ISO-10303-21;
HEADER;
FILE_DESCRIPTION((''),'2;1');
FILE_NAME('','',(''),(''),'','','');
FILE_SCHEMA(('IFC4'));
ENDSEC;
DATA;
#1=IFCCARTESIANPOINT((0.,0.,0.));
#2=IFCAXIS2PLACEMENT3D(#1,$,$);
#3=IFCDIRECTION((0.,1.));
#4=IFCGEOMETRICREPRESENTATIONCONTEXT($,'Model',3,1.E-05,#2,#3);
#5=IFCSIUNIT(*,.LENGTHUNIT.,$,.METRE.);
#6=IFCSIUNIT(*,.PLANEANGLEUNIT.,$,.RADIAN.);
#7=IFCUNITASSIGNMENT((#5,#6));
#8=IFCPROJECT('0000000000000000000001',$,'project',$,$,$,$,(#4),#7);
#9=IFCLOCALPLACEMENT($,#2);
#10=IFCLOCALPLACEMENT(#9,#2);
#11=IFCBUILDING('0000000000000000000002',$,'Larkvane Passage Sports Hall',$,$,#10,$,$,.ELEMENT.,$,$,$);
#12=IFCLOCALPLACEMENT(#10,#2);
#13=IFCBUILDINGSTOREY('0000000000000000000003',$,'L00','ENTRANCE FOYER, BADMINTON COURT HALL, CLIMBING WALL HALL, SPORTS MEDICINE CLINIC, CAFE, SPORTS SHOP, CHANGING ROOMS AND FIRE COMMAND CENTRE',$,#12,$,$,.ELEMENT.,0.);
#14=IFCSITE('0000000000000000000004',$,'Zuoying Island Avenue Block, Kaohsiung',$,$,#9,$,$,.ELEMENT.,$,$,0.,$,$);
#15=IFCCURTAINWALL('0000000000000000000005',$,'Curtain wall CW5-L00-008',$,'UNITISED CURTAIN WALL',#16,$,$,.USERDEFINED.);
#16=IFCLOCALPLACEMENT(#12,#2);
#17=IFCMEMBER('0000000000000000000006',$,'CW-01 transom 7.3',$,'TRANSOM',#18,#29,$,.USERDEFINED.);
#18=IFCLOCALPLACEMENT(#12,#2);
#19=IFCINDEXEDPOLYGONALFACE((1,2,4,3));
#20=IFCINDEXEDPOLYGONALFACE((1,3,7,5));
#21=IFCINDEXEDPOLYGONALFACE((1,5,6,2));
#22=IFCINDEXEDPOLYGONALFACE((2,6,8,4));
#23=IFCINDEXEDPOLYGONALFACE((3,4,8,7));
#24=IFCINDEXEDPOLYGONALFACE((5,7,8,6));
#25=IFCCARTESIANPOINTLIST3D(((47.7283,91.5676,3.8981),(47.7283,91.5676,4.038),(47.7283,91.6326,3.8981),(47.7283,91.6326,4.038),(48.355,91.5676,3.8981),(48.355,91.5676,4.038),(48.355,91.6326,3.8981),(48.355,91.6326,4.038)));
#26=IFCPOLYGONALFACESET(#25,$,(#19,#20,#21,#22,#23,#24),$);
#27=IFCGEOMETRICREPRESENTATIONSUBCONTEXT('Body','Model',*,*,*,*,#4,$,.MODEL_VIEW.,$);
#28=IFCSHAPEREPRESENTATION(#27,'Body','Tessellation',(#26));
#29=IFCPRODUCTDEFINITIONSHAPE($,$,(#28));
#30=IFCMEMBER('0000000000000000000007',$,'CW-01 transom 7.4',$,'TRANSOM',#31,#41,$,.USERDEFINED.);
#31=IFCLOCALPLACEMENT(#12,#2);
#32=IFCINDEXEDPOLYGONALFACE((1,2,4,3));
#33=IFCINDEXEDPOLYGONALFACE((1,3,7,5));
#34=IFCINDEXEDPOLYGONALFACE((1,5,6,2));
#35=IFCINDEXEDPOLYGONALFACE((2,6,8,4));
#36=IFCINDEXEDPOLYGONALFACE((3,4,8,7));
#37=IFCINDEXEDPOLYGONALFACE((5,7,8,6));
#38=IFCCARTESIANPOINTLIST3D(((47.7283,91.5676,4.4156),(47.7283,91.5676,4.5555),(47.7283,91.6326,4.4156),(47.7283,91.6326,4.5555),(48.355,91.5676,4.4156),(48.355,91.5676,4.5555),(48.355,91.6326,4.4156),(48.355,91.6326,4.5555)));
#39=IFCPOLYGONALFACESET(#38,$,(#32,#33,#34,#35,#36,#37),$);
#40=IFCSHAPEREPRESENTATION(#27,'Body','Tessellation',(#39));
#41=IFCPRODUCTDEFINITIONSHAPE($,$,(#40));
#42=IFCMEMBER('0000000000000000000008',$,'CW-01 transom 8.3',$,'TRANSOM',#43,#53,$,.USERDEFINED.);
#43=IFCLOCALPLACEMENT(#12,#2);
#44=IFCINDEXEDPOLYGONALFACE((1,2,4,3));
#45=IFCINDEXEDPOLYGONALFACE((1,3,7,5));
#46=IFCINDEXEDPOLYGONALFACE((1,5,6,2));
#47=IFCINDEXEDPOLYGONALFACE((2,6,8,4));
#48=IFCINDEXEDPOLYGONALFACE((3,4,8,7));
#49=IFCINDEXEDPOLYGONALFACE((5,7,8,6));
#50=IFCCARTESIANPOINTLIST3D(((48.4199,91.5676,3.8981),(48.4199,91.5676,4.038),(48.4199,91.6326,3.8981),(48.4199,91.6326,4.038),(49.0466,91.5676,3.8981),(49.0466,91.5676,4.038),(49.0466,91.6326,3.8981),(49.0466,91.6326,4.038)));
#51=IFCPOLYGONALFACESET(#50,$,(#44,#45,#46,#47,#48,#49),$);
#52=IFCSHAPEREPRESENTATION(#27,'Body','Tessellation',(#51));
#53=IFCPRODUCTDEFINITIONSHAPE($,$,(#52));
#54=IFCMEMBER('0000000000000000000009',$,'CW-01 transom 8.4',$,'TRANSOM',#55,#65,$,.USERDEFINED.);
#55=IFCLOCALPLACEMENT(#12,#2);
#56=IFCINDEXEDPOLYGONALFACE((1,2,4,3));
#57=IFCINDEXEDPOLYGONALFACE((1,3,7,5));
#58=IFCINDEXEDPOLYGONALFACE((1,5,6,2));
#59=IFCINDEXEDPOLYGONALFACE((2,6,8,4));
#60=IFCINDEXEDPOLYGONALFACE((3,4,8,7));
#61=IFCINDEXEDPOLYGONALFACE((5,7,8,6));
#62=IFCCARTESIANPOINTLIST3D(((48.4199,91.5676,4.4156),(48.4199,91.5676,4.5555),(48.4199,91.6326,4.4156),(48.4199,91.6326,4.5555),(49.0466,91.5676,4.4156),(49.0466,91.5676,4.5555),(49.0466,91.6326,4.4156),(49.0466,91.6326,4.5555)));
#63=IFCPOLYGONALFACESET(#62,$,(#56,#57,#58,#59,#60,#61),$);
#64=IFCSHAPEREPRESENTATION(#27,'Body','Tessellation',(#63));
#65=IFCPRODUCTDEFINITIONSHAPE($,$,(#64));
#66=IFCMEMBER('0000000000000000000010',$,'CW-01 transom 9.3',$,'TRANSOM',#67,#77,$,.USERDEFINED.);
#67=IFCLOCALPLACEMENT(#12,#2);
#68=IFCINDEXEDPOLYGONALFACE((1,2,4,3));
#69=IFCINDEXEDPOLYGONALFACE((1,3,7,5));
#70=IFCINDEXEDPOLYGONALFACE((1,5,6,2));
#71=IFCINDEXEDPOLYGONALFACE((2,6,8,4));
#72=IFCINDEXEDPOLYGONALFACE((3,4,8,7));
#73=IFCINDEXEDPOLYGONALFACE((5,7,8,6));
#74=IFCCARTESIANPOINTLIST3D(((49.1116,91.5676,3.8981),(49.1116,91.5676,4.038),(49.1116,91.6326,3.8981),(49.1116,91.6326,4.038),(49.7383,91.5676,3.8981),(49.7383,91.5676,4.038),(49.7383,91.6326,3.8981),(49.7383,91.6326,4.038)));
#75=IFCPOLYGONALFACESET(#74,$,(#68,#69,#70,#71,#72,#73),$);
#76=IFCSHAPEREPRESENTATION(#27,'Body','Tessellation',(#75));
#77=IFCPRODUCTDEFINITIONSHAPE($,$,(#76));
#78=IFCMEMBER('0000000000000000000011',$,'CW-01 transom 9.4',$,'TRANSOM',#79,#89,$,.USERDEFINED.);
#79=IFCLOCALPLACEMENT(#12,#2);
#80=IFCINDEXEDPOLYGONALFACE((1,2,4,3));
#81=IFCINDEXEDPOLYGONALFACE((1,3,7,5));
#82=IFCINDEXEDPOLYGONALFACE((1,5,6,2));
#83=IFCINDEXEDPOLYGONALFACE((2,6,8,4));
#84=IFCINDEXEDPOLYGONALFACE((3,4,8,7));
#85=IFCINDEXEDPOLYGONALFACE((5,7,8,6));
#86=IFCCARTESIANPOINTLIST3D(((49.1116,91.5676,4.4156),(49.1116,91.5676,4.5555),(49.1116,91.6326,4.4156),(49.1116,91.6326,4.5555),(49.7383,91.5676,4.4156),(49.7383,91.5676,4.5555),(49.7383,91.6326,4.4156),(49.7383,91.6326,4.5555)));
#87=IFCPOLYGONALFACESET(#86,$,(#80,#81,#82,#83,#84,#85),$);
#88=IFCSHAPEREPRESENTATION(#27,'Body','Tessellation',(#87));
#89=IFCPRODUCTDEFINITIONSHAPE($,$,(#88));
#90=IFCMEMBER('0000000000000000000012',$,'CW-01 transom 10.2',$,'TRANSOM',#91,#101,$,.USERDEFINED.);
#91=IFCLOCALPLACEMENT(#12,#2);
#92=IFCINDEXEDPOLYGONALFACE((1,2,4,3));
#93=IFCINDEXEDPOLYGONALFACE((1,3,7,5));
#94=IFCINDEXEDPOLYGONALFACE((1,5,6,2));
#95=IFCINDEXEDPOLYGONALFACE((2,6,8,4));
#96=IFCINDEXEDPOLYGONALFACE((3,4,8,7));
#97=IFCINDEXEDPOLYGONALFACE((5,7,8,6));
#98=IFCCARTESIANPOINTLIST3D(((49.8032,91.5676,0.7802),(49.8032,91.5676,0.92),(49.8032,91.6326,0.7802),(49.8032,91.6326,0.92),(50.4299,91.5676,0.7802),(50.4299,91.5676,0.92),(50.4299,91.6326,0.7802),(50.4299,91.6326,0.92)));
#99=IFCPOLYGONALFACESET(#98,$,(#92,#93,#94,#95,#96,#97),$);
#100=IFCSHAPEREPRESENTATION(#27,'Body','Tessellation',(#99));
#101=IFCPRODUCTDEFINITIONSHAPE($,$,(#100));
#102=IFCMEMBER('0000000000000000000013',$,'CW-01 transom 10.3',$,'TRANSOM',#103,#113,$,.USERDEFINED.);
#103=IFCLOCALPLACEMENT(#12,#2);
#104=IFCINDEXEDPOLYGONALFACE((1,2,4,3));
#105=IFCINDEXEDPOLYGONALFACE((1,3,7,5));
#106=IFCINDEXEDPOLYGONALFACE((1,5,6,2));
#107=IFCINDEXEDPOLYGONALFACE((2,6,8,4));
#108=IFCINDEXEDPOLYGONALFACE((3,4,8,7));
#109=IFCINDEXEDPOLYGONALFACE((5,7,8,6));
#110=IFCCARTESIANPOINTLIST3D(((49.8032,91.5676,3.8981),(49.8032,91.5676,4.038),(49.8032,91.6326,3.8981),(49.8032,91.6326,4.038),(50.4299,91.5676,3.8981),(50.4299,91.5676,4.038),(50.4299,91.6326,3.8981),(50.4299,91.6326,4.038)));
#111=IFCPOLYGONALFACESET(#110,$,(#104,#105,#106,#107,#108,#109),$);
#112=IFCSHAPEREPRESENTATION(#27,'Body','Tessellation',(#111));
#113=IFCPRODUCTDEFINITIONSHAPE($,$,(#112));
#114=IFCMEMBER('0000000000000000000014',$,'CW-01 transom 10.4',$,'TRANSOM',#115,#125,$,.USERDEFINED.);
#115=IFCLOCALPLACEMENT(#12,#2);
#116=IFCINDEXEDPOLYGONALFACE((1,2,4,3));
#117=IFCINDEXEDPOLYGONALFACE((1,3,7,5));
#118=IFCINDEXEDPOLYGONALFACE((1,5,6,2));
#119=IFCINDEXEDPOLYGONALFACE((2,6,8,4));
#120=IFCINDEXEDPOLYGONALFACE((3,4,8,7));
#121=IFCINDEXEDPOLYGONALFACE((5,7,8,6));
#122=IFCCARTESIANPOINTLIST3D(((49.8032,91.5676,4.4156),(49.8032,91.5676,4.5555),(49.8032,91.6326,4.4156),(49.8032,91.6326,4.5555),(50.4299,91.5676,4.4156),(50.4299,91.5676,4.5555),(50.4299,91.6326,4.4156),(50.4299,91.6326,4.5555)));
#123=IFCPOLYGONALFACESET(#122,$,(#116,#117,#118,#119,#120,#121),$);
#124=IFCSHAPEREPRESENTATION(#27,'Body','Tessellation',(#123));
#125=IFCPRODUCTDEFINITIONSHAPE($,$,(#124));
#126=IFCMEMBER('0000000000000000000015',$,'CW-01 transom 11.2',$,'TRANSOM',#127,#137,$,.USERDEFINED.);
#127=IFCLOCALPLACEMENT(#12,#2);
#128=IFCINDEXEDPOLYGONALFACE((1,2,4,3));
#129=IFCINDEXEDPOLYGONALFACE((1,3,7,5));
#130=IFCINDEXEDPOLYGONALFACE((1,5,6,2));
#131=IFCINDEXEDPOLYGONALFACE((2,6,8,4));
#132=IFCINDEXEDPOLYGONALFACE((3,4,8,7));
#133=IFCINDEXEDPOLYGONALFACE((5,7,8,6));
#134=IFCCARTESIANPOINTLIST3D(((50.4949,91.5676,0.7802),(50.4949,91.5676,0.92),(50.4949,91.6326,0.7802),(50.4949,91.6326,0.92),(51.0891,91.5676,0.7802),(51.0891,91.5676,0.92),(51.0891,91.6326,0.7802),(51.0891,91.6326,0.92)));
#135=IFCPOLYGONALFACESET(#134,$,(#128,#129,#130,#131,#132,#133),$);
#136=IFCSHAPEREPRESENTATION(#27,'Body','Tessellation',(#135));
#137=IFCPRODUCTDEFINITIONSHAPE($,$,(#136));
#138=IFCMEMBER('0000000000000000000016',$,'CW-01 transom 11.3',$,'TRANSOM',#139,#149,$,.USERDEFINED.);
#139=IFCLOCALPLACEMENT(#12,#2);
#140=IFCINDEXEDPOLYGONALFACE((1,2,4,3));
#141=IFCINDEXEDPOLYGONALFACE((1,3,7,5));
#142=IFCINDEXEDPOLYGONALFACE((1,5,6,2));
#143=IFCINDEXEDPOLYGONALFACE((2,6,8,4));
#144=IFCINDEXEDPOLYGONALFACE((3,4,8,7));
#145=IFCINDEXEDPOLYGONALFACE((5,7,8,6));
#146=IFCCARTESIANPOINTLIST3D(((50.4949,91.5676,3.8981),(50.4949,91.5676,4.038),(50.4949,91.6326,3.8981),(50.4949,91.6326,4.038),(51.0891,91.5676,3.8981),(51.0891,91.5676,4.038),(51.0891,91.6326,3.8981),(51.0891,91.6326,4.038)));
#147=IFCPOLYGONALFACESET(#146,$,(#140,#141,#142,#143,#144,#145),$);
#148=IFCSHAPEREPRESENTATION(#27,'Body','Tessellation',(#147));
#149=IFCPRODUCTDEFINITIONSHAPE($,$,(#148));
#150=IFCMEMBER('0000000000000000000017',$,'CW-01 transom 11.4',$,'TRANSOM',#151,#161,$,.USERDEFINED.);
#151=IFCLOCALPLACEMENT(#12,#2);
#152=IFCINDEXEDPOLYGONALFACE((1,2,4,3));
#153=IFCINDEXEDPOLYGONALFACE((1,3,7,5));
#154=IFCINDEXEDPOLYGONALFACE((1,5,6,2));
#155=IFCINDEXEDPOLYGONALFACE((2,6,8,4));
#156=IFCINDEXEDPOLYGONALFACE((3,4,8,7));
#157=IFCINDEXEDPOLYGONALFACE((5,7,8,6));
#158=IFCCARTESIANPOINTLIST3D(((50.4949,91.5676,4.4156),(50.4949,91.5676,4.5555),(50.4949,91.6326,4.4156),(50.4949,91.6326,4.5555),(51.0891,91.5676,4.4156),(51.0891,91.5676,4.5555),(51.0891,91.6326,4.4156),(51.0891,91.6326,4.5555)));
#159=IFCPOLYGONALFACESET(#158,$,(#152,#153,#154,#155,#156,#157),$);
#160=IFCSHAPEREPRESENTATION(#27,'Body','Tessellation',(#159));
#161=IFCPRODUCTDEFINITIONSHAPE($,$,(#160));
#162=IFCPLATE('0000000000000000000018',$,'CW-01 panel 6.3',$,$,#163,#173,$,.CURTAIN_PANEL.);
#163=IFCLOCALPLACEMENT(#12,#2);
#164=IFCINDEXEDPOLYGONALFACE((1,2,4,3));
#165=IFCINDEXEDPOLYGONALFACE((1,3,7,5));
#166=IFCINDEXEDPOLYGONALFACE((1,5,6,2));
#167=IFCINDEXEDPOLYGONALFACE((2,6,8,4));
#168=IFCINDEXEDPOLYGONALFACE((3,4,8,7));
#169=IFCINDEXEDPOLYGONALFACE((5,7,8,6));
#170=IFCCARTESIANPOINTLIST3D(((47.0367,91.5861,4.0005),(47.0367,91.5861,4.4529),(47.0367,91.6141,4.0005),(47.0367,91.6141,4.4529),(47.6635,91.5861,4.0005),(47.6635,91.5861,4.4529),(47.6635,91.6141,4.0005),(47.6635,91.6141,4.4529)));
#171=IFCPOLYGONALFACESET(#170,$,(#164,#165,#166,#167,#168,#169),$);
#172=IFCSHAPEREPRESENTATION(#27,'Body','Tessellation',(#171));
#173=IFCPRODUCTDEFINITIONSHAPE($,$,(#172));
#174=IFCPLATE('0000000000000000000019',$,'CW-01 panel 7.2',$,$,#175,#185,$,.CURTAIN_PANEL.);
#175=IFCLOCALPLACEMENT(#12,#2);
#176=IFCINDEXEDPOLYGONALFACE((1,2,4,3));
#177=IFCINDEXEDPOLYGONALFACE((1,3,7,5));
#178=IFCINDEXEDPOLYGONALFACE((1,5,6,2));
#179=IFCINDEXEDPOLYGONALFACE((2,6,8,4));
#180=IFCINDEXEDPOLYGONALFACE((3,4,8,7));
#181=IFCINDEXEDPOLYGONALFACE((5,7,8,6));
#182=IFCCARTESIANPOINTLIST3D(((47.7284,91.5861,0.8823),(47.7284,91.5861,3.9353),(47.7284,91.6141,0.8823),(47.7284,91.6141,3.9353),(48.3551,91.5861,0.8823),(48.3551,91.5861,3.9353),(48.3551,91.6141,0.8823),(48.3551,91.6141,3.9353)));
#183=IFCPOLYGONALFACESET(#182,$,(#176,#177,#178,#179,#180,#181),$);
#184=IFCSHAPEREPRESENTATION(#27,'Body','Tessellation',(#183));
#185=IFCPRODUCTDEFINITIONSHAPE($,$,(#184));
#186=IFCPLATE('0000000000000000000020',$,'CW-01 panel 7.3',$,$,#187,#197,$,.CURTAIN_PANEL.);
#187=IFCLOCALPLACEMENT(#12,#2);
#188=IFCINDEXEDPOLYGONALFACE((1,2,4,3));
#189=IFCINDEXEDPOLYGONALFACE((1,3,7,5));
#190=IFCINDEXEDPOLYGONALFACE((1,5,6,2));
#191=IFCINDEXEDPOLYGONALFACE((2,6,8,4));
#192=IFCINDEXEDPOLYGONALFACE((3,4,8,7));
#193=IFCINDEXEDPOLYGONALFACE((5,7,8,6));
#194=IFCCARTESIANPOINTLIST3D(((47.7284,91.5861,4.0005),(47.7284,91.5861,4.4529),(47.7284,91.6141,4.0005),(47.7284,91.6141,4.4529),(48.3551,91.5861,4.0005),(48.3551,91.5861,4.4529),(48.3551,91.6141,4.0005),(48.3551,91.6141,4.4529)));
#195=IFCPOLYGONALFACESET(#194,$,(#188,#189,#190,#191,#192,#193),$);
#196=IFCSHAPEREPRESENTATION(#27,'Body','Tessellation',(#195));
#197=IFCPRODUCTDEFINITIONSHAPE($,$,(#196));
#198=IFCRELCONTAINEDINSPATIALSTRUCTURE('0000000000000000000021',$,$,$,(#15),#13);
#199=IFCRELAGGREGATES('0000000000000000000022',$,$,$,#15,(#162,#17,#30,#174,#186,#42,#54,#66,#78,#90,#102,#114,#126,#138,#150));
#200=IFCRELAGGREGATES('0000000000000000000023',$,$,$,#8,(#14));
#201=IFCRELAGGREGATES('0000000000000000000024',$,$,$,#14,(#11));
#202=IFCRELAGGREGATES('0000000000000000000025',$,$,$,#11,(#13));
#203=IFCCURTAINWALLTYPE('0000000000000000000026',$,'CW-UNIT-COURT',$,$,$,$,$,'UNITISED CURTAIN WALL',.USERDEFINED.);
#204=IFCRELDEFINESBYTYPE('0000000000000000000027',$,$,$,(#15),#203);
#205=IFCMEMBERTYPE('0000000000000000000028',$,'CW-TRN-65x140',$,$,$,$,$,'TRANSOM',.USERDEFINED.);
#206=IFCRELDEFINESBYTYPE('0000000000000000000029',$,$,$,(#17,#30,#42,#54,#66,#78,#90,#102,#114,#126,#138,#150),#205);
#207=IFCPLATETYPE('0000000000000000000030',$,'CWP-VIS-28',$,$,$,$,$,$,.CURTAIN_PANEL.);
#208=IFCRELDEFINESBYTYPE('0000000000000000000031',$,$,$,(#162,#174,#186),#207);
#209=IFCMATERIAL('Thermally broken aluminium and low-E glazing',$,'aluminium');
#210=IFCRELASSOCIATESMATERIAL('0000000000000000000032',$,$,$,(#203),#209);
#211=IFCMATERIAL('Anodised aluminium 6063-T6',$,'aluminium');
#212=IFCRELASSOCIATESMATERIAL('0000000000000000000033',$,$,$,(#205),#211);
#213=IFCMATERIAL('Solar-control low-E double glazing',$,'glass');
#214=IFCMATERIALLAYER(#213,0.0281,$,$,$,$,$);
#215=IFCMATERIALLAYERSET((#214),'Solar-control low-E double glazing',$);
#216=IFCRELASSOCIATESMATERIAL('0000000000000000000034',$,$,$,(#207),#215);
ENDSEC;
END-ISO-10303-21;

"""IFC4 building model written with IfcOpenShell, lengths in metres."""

from ifc_helpers import new_model, si_unit, direction, frame, origin, origin_2d, place, context, subcontext, project, spatial, rectangle, extrude, material, layer, layer_set, material_profile, profile_set, type_object, element, aggregate, save


model = new_model("IFC4")

# Units and contexts
model_context = context("Model", 3, precision=1e-05, world=origin(), true_north=direction((0.0, 1.0)))
body_context = subcontext(model_context, "Body", "Model", "MODEL_VIEW")
ifc_project = project(units=[si_unit("LENGTHUNIT", "METRE"), si_unit("PLANEANGLEUNIT", "RADIAN")], contexts=[model_context])

# Site, building, storey
site_placement = place(None, origin())
site = spatial("IfcSite", under=ifc_project, at=site_placement, Name="Zuoying Island Avenue Block, Kaohsiung", CompositionType="ELEMENT", RefElevation=0.0)
building_placement = place(site_placement, origin())
building = spatial("IfcBuilding", under=site, at=building_placement, Name="Larkvane Passage Sports Hall", CompositionType="ELEMENT")
storey_placement = place(building_placement, origin())
storey = spatial("IfcBuildingStorey", under=building, at=storey_placement, Name="L00", Description="ENTRANCE FOYER, BADMINTON COURT HALL, CLIMBING WALL HALL, SPORTS MEDICINE CLINIC, CAFE, SPORTS SHOP, CHANGING ROOMS AND FIRE COMMAND CENTRE", CompositionType="ELEMENT", Elevation=0.0)

# Curtain wall, members, plates
ifc_material_1 = material(Name="Thermally broken aluminium and low-E glazing", Category="aluminium")
curtain_wall_type = type_object("IfcCurtainWallType", Name="CW-UNIT-COURT", ElementType="UNITISED CURTAIN WALL", PredefinedType="USERDEFINED", material=ifc_material_1)
curtain_wall_placement = place(storey_placement, origin())
curtain_wall = element("IfcCurtainWall", 1, at=curtain_wall_placement, inside=storey, type_object=curtain_wall_type, Name="Curtain wall CW5-L00-008", ObjectType="UNITISED CURTAIN WALL", PredefinedType="USERDEFINED")
ifc_material_2 = material(Name="Anodised aluminium 6063-T6", Category="aluminium")
ifc_material_profile = material_profile(ifc_material_2, rectangle(XDim=0.0649, YDim=0.1399, at=origin_2d()), Name="ALU-TRN-65x140")
ifc_profile_set = profile_set([ifc_material_profile], Name="Anodised aluminium 6063-T6")
member_type = type_object("IfcMemberType", Name="CW-TRN-65x140", ElementType="TRANSOM", PredefinedType="USERDEFINED", material=ifc_profile_set)
member_1_placement = place(storey_placement, frame((47.7283, 91.6001, 3.968), z_axis=(1.0, 0.0, 0.0), x_axis=(0.0, 1.0, 0.0)))
member_1 = element("IfcMember", 2, at=member_1_placement, type_object=member_type, Name="CW-01 transom 7.3", ObjectType="TRANSOM", PredefinedType="USERDEFINED", context=body_context, shape_type="SweptSolid", body=[
    extrude(rectangle(XDim=0.0649, YDim=0.1399, at=origin_2d()), origin(), (0.0, 0.0, 1.0), 0.6267),
])
member_2_placement = place(storey_placement, frame((47.7283, 91.6001, 4.4856), z_axis=(1.0, 0.0, 0.0), x_axis=(0.0, 1.0, 0.0)))
member_2 = element("IfcMember", 3, at=member_2_placement, type_object=member_type, Name="CW-01 transom 7.4", ObjectType="TRANSOM", PredefinedType="USERDEFINED", context=body_context, shape_type="SweptSolid", body=[
    extrude(rectangle(XDim=0.0649, YDim=0.1399, at=origin_2d()), origin(), (0.0, 0.0, 1.0), 0.6267),
])
member_3_placement = place(storey_placement, frame((48.4199, 91.6001, 3.968), z_axis=(1.0, 0.0, 0.0), x_axis=(0.0, 1.0, 0.0)))
member_3 = element("IfcMember", 4, at=member_3_placement, type_object=member_type, Name="CW-01 transom 8.3", ObjectType="TRANSOM", PredefinedType="USERDEFINED", context=body_context, shape_type="SweptSolid", body=[
    extrude(rectangle(XDim=0.0649, YDim=0.1399, at=origin_2d()), origin(), (0.0, 0.0, 1.0), 0.6267),
])
member_4_placement = place(storey_placement, frame((48.4199, 91.6001, 4.4856), z_axis=(1.0, 0.0, 0.0), x_axis=(0.0, 1.0, 0.0)))
member_4 = element("IfcMember", 5, at=member_4_placement, type_object=member_type, Name="CW-01 transom 8.4", ObjectType="TRANSOM", PredefinedType="USERDEFINED", context=body_context, shape_type="SweptSolid", body=[
    extrude(rectangle(XDim=0.0649, YDim=0.1399, at=origin_2d()), origin(), (0.0, 0.0, 1.0), 0.6267),
])
member_5_placement = place(storey_placement, frame((49.1116, 91.6001, 3.968), z_axis=(1.0, 0.0, 0.0), x_axis=(0.0, 1.0, 0.0)))
member_5 = element("IfcMember", 6, at=member_5_placement, type_object=member_type, Name="CW-01 transom 9.3", ObjectType="TRANSOM", PredefinedType="USERDEFINED", context=body_context, shape_type="SweptSolid", body=[
    extrude(rectangle(XDim=0.0649, YDim=0.1399, at=origin_2d()), origin(), (0.0, 0.0, 1.0), 0.6267),
])
member_6_placement = place(storey_placement, frame((49.1116, 91.6001, 4.4856), z_axis=(1.0, 0.0, 0.0), x_axis=(0.0, 1.0, 0.0)))
member_6 = element("IfcMember", 7, at=member_6_placement, type_object=member_type, Name="CW-01 transom 9.4", ObjectType="TRANSOM", PredefinedType="USERDEFINED", context=body_context, shape_type="SweptSolid", body=[
    extrude(rectangle(XDim=0.0649, YDim=0.1399, at=origin_2d()), origin(), (0.0, 0.0, 1.0), 0.6267),
])
member_7_placement = place(storey_placement, frame((49.8032, 91.6001, 0.8501), z_axis=(1.0, 0.0, 0.0), x_axis=(0.0, 1.0, 0.0)))
member_7 = element("IfcMember", 8, at=member_7_placement, type_object=member_type, Name="CW-01 transom 10.2", ObjectType="TRANSOM", PredefinedType="USERDEFINED", context=body_context, shape_type="SweptSolid", body=[
    extrude(rectangle(XDim=0.0649, YDim=0.1399, at=origin_2d()), origin(), (0.0, 0.0, 1.0), 0.6267),
])
member_8_placement = place(storey_placement, frame((49.8032, 91.6001, 3.968), z_axis=(1.0, 0.0, 0.0), x_axis=(0.0, 1.0, 0.0)))
member_8 = element("IfcMember", 9, at=member_8_placement, type_object=member_type, Name="CW-01 transom 10.3", ObjectType="TRANSOM", PredefinedType="USERDEFINED", context=body_context, shape_type="SweptSolid", body=[
    extrude(rectangle(XDim=0.0649, YDim=0.1399, at=origin_2d()), origin(), (0.0, 0.0, 1.0), 0.6267),
])
member_9_placement = place(storey_placement, frame((49.8032, 91.6001, 4.4856), z_axis=(1.0, 0.0, 0.0), x_axis=(0.0, 1.0, 0.0)))
member_9 = element("IfcMember", 10, at=member_9_placement, type_object=member_type, Name="CW-01 transom 10.4", ObjectType="TRANSOM", PredefinedType="USERDEFINED", context=body_context, shape_type="SweptSolid", body=[
    extrude(rectangle(XDim=0.0649, YDim=0.1399, at=origin_2d()), origin(), (0.0, 0.0, 1.0), 0.6267),
])
member_10_placement = place(storey_placement, frame((50.4949, 91.6001, 0.8501), z_axis=(1.0, 0.0, 0.0), x_axis=(0.0, 1.0, 0.0)))
member_10 = element("IfcMember", 11, at=member_10_placement, type_object=member_type, Name="CW-01 transom 11.2", ObjectType="TRANSOM", PredefinedType="USERDEFINED", context=body_context, shape_type="SweptSolid", body=[
    extrude(rectangle(XDim=0.0649, YDim=0.1399, at=origin_2d()), origin(), (0.0, 0.0, 1.0), 0.5942),
])
member_11_placement = place(storey_placement, frame((50.4949, 91.6001, 3.968), z_axis=(1.0, 0.0, 0.0), x_axis=(0.0, 1.0, 0.0)))
member_11 = element("IfcMember", 12, at=member_11_placement, type_object=member_type, Name="CW-01 transom 11.3", ObjectType="TRANSOM", PredefinedType="USERDEFINED", context=body_context, shape_type="SweptSolid", body=[
    extrude(rectangle(XDim=0.0649, YDim=0.1399, at=origin_2d()), origin(), (0.0, 0.0, 1.0), 0.5942),
])
member_12_placement = place(storey_placement, frame((50.4949, 91.6001, 4.4856), z_axis=(1.0, 0.0, 0.0), x_axis=(0.0, 1.0, 0.0)))
member_12 = element("IfcMember", 13, at=member_12_placement, type_object=member_type, Name="CW-01 transom 11.4", ObjectType="TRANSOM", PredefinedType="USERDEFINED", context=body_context, shape_type="SweptSolid", body=[
    extrude(rectangle(XDim=0.0649, YDim=0.1399, at=origin_2d()), origin(), (0.0, 0.0, 1.0), 0.5942),
])
ifc_material_3 = material(Name="Solar-control low-E double glazing", Category="glass")
ifc_layer = layer(ifc_material_3, 0.0281)
ifc_layer_set = layer_set([ifc_layer], Name="Solar-control low-E double glazing")
plate_type = type_object("IfcPlateType", Name="CWP-VIS-28", PredefinedType="CURTAIN_PANEL", material=ifc_layer_set)
plate_1_placement = place(storey_placement, frame((47.3501, 91.6001, 4.0005), z_axis=(0.0, 0.0, 1.0), x_axis=(1.0, 0.0, 0.0)))
plate_1 = element("IfcPlate", 14, at=plate_1_placement, type_object=plate_type, Name="CW-01 panel 6.3", PredefinedType="CURTAIN_PANEL", context=body_context, shape_type="SweptSolid", body=[
    extrude(rectangle(XDim=0.6267, YDim=0.0281, at=origin_2d()), origin(), (0.0, 0.0, 1.0), 0.4524),
])
plate_2_placement = place(storey_placement, frame((48.0417, 91.6001, 0.8823), z_axis=(0.0, 0.0, 1.0), x_axis=(1.0, 0.0, 0.0)))
plate_2 = element("IfcPlate", 15, at=plate_2_placement, type_object=plate_type, Name="CW-01 panel 7.2", PredefinedType="CURTAIN_PANEL", context=body_context, shape_type="SweptSolid", body=[
    extrude(rectangle(XDim=0.6267, YDim=0.0281, at=origin_2d()), origin(), (0.0, 0.0, 1.0), 3.053),
])
plate_3_placement = place(storey_placement, frame((48.0417, 91.6001, 4.0005), z_axis=(0.0, 0.0, 1.0), x_axis=(1.0, 0.0, 0.0)))
plate_3 = element("IfcPlate", 16, at=plate_3_placement, type_object=plate_type, Name="CW-01 panel 7.3", PredefinedType="CURTAIN_PANEL", context=body_context, shape_type="SweptSolid", body=[
    extrude(rectangle(XDim=0.6267, YDim=0.0281, at=origin_2d()), origin(), (0.0, 0.0, 1.0), 0.4524),
])
aggregate(curtain_wall, [plate_1, member_1, member_2, plate_2, plate_3, member_3, member_4, member_5, member_6, member_7, member_8, member_9, member_10, member_11, member_12])

save(model, "model.ifc")
